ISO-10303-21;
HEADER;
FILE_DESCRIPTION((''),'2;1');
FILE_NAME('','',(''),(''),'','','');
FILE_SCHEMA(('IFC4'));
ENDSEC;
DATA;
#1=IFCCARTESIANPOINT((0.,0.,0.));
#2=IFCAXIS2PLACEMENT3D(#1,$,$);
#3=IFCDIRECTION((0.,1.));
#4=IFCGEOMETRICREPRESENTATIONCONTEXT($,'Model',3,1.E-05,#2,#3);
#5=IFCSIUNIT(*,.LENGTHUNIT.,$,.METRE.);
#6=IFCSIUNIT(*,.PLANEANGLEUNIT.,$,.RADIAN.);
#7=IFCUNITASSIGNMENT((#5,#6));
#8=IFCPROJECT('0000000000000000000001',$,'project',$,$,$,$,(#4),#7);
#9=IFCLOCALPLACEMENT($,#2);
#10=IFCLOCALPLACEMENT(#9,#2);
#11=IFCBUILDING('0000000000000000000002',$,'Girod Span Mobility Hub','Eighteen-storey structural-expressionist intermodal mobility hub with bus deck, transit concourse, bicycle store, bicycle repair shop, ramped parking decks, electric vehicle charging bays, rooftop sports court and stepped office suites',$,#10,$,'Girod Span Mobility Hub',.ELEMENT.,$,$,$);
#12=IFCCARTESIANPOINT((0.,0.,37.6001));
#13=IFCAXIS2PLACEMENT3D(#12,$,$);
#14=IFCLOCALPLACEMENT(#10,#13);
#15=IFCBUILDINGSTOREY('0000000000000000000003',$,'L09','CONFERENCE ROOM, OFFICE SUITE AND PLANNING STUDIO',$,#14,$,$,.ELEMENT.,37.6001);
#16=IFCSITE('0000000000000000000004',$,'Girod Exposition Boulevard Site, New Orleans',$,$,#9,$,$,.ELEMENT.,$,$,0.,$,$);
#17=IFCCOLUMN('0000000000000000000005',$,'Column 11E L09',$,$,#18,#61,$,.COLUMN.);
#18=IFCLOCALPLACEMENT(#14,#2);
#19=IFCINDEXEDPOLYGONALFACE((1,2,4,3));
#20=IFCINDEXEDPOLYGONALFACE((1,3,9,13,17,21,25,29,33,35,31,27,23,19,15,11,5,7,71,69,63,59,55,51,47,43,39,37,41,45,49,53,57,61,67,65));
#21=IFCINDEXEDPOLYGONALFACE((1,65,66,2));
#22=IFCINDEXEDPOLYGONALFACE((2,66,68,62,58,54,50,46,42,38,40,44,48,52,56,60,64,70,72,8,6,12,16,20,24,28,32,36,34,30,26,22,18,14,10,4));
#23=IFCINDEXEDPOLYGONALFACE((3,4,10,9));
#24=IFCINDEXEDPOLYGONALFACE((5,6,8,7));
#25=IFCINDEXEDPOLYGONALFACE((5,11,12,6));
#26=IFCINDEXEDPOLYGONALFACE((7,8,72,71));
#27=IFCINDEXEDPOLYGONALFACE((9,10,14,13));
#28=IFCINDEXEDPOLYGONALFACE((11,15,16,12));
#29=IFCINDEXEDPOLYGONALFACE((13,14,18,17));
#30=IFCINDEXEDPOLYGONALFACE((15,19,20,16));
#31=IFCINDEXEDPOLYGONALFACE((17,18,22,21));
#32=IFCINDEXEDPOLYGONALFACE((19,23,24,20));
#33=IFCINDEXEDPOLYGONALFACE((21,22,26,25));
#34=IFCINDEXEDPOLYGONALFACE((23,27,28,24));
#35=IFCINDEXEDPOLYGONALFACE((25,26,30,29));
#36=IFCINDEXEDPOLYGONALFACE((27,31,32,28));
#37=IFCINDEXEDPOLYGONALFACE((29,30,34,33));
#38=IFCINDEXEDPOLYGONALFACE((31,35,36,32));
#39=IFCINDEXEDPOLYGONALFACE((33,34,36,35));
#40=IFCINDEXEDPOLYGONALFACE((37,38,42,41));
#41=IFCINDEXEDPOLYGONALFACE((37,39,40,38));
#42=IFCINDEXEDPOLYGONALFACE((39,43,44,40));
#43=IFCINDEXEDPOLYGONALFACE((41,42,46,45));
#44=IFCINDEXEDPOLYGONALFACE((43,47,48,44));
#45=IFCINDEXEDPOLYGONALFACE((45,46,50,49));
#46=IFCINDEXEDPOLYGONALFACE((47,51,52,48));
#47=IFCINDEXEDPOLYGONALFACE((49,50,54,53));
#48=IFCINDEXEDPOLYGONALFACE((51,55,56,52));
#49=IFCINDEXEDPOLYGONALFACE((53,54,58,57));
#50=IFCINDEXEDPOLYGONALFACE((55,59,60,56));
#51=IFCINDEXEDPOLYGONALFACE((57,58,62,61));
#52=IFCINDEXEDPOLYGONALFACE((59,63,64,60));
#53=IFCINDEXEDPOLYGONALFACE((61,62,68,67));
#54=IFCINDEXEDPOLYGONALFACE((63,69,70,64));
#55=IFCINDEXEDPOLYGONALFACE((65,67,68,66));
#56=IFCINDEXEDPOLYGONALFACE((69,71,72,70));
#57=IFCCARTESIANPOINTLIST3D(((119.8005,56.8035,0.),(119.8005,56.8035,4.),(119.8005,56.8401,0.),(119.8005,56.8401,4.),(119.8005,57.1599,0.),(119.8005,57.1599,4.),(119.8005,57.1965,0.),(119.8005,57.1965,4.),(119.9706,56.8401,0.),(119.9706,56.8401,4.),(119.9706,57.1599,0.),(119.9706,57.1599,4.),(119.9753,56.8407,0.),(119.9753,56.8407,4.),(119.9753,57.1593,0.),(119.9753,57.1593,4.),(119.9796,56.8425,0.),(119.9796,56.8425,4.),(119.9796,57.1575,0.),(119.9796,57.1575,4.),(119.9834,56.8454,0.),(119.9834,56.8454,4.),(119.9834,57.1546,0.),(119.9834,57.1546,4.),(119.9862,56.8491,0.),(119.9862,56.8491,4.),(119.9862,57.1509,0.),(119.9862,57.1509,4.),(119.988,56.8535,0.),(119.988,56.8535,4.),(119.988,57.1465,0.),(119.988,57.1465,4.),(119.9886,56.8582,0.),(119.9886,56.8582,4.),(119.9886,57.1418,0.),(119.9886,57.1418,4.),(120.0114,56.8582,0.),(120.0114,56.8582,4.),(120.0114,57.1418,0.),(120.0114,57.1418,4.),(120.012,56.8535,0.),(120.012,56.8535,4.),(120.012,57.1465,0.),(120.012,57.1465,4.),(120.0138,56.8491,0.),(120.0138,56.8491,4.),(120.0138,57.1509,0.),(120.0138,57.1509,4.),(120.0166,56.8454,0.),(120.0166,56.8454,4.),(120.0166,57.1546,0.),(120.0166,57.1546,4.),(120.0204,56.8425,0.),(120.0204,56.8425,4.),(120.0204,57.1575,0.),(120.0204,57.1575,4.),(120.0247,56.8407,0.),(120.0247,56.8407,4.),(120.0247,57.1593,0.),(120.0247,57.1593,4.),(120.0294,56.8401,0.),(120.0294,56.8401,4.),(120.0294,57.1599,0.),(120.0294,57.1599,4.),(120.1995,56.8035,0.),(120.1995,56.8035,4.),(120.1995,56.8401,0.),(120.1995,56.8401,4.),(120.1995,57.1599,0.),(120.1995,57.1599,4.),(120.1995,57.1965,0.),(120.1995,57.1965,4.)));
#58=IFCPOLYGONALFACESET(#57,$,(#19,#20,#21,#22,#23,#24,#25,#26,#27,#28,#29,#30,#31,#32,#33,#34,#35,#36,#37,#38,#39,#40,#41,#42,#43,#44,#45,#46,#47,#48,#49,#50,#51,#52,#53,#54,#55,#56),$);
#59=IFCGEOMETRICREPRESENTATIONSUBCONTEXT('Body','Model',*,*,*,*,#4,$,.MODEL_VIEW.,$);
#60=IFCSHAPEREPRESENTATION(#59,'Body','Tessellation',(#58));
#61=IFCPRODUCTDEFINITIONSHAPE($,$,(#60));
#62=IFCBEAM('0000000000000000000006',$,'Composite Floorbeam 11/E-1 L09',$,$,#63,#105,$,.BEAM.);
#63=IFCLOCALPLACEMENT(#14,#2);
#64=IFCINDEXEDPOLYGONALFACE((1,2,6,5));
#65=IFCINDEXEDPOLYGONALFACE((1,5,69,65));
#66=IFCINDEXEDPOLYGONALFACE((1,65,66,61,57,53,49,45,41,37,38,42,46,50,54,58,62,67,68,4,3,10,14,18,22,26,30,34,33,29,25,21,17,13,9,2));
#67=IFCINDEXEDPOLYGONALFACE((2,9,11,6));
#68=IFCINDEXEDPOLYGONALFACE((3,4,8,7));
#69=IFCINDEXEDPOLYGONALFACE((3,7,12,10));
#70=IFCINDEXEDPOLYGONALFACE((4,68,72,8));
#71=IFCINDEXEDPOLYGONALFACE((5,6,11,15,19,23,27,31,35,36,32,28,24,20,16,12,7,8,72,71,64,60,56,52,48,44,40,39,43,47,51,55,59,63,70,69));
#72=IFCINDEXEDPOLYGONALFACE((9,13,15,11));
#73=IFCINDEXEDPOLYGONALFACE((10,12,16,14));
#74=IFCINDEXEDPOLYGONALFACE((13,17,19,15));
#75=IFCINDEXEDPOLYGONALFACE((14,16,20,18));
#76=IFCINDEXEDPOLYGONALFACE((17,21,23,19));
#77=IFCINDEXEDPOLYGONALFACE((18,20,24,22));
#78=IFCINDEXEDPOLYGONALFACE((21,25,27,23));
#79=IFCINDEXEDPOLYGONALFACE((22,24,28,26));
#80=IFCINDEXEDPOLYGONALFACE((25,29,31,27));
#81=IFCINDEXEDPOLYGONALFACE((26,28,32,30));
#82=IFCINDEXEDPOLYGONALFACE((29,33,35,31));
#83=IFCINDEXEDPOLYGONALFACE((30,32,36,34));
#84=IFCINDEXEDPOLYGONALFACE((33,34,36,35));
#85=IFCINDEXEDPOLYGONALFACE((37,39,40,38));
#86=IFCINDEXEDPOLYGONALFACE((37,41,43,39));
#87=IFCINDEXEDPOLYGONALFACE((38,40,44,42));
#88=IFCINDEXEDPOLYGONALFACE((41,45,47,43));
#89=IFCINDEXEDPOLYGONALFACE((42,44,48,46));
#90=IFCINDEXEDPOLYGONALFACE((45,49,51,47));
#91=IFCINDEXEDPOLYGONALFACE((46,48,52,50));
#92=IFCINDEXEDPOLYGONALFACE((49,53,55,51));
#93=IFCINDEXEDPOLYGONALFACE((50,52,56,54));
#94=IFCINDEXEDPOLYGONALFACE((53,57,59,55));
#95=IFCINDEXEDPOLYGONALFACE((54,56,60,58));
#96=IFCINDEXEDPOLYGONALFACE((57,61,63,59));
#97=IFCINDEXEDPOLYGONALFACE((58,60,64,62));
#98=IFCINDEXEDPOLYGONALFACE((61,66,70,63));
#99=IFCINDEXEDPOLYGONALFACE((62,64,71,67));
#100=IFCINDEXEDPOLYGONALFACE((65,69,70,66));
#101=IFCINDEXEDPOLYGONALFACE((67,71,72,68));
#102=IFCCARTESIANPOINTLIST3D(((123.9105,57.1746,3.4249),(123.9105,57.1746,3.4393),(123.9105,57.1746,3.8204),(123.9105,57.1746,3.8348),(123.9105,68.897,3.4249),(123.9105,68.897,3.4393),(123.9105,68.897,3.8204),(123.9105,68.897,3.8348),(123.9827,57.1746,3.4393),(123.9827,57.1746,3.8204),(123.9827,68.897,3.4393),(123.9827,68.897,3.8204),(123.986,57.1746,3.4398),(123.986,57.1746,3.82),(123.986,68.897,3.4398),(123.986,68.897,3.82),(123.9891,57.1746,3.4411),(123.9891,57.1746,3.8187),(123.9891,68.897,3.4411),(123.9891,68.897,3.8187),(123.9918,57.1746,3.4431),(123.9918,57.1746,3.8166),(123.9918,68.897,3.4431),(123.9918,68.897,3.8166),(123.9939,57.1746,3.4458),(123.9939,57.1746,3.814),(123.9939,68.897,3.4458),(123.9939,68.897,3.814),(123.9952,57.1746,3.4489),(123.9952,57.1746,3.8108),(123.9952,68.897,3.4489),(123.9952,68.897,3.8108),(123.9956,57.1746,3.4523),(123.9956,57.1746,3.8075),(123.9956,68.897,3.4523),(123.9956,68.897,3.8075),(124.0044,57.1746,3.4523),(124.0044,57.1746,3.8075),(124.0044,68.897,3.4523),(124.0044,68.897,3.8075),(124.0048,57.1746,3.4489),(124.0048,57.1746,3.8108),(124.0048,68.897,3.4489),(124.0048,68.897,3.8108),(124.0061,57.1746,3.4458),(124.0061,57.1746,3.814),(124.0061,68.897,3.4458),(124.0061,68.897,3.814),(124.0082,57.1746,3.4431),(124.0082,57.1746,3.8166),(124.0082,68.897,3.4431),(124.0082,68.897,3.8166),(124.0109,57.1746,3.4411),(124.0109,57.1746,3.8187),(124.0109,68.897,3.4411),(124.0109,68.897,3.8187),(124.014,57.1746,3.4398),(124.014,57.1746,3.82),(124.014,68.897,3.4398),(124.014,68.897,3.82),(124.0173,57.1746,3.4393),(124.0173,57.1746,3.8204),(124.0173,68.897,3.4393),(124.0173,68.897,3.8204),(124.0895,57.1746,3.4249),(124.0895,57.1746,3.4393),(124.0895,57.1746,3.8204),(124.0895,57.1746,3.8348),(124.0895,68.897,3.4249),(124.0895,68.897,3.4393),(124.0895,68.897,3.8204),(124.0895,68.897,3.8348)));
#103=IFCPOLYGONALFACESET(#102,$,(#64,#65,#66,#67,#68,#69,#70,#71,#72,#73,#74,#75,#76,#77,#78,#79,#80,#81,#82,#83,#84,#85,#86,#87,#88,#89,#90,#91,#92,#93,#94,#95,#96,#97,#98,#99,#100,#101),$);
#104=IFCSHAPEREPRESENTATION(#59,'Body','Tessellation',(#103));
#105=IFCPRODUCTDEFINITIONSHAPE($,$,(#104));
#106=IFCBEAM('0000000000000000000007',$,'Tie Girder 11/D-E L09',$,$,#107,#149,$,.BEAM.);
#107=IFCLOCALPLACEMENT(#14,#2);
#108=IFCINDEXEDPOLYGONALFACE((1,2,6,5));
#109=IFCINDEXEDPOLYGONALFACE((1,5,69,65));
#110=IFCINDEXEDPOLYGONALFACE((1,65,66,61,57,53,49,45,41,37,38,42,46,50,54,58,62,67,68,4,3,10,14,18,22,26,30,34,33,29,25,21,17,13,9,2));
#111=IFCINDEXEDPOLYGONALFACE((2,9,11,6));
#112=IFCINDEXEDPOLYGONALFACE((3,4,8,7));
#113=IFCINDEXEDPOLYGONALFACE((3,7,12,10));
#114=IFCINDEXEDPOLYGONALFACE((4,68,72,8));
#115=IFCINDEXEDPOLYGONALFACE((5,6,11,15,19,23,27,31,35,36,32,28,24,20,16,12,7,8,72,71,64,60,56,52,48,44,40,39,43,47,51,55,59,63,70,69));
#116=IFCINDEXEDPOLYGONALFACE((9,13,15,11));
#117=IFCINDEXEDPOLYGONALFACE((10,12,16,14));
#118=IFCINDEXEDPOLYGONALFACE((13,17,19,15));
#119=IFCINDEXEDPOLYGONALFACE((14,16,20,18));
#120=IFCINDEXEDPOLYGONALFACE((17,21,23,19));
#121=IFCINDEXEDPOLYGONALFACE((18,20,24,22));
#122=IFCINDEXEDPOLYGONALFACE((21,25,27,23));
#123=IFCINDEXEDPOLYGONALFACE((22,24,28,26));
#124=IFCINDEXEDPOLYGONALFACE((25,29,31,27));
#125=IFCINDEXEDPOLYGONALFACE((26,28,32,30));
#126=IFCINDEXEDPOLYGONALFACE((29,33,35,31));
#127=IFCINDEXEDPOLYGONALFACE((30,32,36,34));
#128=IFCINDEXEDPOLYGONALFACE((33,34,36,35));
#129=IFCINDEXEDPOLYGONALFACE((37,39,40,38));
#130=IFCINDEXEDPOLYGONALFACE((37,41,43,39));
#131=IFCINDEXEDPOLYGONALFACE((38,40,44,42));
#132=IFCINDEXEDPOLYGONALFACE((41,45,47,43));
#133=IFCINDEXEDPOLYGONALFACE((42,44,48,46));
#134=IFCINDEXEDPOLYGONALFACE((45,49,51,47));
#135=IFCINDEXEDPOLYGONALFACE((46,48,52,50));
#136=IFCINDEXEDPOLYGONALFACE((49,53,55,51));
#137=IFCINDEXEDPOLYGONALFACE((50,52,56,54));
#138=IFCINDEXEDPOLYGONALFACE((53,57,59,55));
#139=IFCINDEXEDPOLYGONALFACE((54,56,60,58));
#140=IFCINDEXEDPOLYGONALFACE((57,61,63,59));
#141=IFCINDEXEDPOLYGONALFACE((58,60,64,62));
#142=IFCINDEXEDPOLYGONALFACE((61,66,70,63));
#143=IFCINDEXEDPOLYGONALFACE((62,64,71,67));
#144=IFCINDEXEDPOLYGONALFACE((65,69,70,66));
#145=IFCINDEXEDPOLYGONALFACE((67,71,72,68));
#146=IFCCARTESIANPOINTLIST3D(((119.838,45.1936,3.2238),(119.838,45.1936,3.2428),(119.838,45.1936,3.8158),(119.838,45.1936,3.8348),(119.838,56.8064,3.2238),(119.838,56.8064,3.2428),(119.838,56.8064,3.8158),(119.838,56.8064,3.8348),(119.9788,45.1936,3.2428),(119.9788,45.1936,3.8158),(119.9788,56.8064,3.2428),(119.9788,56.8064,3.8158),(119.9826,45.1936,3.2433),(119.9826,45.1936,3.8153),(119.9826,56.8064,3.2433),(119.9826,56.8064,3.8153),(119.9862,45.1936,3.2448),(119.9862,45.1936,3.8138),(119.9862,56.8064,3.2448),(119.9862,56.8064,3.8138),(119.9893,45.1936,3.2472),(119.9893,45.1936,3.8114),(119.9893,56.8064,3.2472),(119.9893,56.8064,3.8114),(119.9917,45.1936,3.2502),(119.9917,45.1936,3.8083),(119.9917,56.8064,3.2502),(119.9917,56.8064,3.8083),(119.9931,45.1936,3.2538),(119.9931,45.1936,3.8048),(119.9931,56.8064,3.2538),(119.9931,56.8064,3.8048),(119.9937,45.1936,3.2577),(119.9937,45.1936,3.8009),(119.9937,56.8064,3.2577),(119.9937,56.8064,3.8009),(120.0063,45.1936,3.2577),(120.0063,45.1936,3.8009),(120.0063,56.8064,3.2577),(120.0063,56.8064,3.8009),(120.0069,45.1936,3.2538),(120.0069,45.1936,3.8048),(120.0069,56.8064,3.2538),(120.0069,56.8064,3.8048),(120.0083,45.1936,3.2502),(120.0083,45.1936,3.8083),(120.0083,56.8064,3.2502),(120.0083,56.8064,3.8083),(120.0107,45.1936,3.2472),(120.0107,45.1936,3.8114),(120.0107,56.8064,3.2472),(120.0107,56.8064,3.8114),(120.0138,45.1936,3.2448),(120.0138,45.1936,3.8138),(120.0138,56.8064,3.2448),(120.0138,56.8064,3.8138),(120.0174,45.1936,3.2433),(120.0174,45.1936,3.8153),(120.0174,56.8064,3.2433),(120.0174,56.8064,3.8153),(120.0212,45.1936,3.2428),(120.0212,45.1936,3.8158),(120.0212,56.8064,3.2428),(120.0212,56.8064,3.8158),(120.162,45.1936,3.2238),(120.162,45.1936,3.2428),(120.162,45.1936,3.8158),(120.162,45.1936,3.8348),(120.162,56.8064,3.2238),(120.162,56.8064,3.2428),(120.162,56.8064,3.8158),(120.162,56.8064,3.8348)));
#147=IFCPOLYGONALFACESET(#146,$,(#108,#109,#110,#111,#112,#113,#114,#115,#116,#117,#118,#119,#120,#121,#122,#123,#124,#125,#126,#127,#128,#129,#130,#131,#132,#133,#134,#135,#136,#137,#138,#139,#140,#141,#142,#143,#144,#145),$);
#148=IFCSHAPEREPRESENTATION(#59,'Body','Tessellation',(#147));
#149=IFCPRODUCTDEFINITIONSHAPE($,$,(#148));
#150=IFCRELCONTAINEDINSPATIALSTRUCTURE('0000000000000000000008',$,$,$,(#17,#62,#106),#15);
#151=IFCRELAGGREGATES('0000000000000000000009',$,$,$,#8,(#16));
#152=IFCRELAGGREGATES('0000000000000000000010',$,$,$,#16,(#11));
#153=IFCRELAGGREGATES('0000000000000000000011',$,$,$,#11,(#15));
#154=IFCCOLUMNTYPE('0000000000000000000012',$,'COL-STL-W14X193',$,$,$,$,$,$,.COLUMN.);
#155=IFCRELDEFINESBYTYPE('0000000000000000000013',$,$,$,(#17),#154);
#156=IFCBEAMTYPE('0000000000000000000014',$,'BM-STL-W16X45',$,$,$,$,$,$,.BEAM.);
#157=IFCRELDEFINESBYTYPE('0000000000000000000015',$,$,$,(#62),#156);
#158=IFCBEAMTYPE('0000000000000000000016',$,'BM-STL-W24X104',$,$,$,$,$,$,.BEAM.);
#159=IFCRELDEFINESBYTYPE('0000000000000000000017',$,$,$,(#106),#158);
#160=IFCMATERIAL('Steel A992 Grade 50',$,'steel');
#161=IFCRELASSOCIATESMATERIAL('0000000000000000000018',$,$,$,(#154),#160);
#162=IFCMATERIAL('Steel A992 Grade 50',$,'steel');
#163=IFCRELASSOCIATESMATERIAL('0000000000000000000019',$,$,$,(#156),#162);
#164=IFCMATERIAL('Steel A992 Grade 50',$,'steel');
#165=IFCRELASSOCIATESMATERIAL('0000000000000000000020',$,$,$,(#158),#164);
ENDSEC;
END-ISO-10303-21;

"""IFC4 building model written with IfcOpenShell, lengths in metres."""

from ifc_helpers import new_model, si_unit, direction, frame, origin, origin_2d, place, context, subcontext, project, spatial, i_section, extrude, material, material_profile, profile_set, type_object, element, save


model = new_model("IFC4")

# Units and contexts
model_context = context("Model", 3, precision=1e-05, world=origin(), true_north=direction((0.0, 1.0)))
body_context = subcontext(model_context, "Body", "Model", "MODEL_VIEW")
ifc_project = project(units=[si_unit("LENGTHUNIT", "METRE"), si_unit("PLANEANGLEUNIT", "RADIAN")], contexts=[model_context])

# Site, building, storey
site_placement = place(None, origin())
site = spatial("IfcSite", under=ifc_project, at=site_placement, Name="Girod Exposition Boulevard Site, New Orleans", CompositionType="ELEMENT", RefElevation=0.0)
building_placement = place(site_placement, origin())
building = spatial("IfcBuilding", under=site, at=building_placement, Name="Girod Span Mobility Hub", Description="Eighteen-storey structural-expressionist intermodal mobility hub with bus deck, transit concourse, bicycle store, bicycle repair shop, ramped parking decks, electric vehicle charging bays, rooftop sports court and stepped office suites", LongName="Girod Span Mobility Hub", CompositionType="ELEMENT")
storey_placement = place(building_placement, frame((0.0, 0.0, 37.6001)))
storey = spatial("IfcBuildingStorey", under=building, at=storey_placement, Name="L09", Description="CONFERENCE ROOM, OFFICE SUITE AND PLANNING STUDIO", CompositionType="ELEMENT", Elevation=37.6001)

# Column
ifc_material_1 = material(Name="Steel A992 Grade 50", Category="steel")
ifc_material_profile_1 = material_profile(ifc_material_1, i_section(OverallWidth=0.3989, OverallDepth=0.3931, WebThickness=0.0227, FlangeThickness=0.0366, FilletRadius=0.0181, at=origin_2d()), Name="W14X193")
ifc_profile_set_1 = profile_set([ifc_material_profile_1], Name="Steel A992 Grade 50")
column_type = type_object("IfcColumnType", Name="COL-STL-W14X193", PredefinedType="COLUMN", material=ifc_profile_set_1)
column_placement = place(storey_placement, frame((120.0, 57.0, 0.0), z_axis=(0.0, 0.0, 1.0), x_axis=(1.0, 0.0, 0.0)))
element("IfcColumn", 1, at=column_placement, inside=storey, type_object=column_type, Name="Column 11E L09", PredefinedType="COLUMN", context=body_context, shape_type="SweptSolid", body=[
    extrude(i_section(OverallWidth=0.3989, OverallDepth=0.3931, WebThickness=0.0227, FlangeThickness=0.0366, FilletRadius=0.0181, at=origin_2d()), origin(), (0.0, 0.0, 1.0), 4.0),
])

# Beams
ifc_material_2 = material(Name="Steel A992 Grade 50", Category="steel")
ifc_material_profile_2 = material_profile(ifc_material_2, i_section(OverallWidth=0.179, OverallDepth=0.4099, WebThickness=0.0088, FlangeThickness=0.0144, FilletRadius=0.0129, at=origin_2d()), Name="W16X45")
ifc_profile_set_2 = profile_set([ifc_material_profile_2], Name="Steel A992 Grade 50")
beam_type_1 = type_object("IfcBeamType", Name="BM-STL-W16X45", PredefinedType="BEAM", material=ifc_profile_set_2)
beam_1_placement = place(storey_placement, frame((124.0, 57.1746, 3.6299), z_axis=(0.0, 1.0, 0.0), x_axis=(-1.0, 0.0, 0.0)))
element("IfcBeam", 2, at=beam_1_placement, inside=storey, type_object=beam_type_1, Name="Composite Floorbeam 11/E-1 L09", PredefinedType="BEAM", context=body_context, shape_type="SweptSolid", body=[
    extrude(i_section(OverallWidth=0.179, OverallDepth=0.4099, WebThickness=0.0088, FlangeThickness=0.0144, FilletRadius=0.0129, at=origin_2d()), origin(), (0.0, 0.0, 1.0), 11.7224),
])
ifc_material_3 = material(Name="Steel A992 Grade 50", Category="steel")
ifc_material_profile_3 = material_profile(ifc_material_3, i_section(OverallWidth=0.324, OverallDepth=0.6111, WebThickness=0.0127, FlangeThickness=0.019, FilletRadius=0.0149, at=origin_2d()), Name="W24X104")
ifc_profile_set_3 = profile_set([ifc_material_profile_3], Name="Steel A992 Grade 50")
beam_type_2 = type_object("IfcBeamType", Name="BM-STL-W24X104", PredefinedType="BEAM", material=ifc_profile_set_3)
beam_2_placement = place(storey_placement, frame((120.0, 45.1936, 3.5293), z_axis=(0.0, 1.0, 0.0), x_axis=(-1.0, 0.0, 0.0)))
element("IfcBeam", 3, at=beam_2_placement, inside=storey, type_object=beam_type_2, Name="Tie Girder 11/D-E L09", PredefinedType="BEAM", context=body_context, shape_type="SweptSolid", body=[
    extrude(i_section(OverallWidth=0.324, OverallDepth=0.6111, WebThickness=0.0127, FlangeThickness=0.019, FilletRadius=0.0149, at=origin_2d()), origin(), (0.0, 0.0, 1.0), 11.6128),
])

save(model, "model.ifc")
